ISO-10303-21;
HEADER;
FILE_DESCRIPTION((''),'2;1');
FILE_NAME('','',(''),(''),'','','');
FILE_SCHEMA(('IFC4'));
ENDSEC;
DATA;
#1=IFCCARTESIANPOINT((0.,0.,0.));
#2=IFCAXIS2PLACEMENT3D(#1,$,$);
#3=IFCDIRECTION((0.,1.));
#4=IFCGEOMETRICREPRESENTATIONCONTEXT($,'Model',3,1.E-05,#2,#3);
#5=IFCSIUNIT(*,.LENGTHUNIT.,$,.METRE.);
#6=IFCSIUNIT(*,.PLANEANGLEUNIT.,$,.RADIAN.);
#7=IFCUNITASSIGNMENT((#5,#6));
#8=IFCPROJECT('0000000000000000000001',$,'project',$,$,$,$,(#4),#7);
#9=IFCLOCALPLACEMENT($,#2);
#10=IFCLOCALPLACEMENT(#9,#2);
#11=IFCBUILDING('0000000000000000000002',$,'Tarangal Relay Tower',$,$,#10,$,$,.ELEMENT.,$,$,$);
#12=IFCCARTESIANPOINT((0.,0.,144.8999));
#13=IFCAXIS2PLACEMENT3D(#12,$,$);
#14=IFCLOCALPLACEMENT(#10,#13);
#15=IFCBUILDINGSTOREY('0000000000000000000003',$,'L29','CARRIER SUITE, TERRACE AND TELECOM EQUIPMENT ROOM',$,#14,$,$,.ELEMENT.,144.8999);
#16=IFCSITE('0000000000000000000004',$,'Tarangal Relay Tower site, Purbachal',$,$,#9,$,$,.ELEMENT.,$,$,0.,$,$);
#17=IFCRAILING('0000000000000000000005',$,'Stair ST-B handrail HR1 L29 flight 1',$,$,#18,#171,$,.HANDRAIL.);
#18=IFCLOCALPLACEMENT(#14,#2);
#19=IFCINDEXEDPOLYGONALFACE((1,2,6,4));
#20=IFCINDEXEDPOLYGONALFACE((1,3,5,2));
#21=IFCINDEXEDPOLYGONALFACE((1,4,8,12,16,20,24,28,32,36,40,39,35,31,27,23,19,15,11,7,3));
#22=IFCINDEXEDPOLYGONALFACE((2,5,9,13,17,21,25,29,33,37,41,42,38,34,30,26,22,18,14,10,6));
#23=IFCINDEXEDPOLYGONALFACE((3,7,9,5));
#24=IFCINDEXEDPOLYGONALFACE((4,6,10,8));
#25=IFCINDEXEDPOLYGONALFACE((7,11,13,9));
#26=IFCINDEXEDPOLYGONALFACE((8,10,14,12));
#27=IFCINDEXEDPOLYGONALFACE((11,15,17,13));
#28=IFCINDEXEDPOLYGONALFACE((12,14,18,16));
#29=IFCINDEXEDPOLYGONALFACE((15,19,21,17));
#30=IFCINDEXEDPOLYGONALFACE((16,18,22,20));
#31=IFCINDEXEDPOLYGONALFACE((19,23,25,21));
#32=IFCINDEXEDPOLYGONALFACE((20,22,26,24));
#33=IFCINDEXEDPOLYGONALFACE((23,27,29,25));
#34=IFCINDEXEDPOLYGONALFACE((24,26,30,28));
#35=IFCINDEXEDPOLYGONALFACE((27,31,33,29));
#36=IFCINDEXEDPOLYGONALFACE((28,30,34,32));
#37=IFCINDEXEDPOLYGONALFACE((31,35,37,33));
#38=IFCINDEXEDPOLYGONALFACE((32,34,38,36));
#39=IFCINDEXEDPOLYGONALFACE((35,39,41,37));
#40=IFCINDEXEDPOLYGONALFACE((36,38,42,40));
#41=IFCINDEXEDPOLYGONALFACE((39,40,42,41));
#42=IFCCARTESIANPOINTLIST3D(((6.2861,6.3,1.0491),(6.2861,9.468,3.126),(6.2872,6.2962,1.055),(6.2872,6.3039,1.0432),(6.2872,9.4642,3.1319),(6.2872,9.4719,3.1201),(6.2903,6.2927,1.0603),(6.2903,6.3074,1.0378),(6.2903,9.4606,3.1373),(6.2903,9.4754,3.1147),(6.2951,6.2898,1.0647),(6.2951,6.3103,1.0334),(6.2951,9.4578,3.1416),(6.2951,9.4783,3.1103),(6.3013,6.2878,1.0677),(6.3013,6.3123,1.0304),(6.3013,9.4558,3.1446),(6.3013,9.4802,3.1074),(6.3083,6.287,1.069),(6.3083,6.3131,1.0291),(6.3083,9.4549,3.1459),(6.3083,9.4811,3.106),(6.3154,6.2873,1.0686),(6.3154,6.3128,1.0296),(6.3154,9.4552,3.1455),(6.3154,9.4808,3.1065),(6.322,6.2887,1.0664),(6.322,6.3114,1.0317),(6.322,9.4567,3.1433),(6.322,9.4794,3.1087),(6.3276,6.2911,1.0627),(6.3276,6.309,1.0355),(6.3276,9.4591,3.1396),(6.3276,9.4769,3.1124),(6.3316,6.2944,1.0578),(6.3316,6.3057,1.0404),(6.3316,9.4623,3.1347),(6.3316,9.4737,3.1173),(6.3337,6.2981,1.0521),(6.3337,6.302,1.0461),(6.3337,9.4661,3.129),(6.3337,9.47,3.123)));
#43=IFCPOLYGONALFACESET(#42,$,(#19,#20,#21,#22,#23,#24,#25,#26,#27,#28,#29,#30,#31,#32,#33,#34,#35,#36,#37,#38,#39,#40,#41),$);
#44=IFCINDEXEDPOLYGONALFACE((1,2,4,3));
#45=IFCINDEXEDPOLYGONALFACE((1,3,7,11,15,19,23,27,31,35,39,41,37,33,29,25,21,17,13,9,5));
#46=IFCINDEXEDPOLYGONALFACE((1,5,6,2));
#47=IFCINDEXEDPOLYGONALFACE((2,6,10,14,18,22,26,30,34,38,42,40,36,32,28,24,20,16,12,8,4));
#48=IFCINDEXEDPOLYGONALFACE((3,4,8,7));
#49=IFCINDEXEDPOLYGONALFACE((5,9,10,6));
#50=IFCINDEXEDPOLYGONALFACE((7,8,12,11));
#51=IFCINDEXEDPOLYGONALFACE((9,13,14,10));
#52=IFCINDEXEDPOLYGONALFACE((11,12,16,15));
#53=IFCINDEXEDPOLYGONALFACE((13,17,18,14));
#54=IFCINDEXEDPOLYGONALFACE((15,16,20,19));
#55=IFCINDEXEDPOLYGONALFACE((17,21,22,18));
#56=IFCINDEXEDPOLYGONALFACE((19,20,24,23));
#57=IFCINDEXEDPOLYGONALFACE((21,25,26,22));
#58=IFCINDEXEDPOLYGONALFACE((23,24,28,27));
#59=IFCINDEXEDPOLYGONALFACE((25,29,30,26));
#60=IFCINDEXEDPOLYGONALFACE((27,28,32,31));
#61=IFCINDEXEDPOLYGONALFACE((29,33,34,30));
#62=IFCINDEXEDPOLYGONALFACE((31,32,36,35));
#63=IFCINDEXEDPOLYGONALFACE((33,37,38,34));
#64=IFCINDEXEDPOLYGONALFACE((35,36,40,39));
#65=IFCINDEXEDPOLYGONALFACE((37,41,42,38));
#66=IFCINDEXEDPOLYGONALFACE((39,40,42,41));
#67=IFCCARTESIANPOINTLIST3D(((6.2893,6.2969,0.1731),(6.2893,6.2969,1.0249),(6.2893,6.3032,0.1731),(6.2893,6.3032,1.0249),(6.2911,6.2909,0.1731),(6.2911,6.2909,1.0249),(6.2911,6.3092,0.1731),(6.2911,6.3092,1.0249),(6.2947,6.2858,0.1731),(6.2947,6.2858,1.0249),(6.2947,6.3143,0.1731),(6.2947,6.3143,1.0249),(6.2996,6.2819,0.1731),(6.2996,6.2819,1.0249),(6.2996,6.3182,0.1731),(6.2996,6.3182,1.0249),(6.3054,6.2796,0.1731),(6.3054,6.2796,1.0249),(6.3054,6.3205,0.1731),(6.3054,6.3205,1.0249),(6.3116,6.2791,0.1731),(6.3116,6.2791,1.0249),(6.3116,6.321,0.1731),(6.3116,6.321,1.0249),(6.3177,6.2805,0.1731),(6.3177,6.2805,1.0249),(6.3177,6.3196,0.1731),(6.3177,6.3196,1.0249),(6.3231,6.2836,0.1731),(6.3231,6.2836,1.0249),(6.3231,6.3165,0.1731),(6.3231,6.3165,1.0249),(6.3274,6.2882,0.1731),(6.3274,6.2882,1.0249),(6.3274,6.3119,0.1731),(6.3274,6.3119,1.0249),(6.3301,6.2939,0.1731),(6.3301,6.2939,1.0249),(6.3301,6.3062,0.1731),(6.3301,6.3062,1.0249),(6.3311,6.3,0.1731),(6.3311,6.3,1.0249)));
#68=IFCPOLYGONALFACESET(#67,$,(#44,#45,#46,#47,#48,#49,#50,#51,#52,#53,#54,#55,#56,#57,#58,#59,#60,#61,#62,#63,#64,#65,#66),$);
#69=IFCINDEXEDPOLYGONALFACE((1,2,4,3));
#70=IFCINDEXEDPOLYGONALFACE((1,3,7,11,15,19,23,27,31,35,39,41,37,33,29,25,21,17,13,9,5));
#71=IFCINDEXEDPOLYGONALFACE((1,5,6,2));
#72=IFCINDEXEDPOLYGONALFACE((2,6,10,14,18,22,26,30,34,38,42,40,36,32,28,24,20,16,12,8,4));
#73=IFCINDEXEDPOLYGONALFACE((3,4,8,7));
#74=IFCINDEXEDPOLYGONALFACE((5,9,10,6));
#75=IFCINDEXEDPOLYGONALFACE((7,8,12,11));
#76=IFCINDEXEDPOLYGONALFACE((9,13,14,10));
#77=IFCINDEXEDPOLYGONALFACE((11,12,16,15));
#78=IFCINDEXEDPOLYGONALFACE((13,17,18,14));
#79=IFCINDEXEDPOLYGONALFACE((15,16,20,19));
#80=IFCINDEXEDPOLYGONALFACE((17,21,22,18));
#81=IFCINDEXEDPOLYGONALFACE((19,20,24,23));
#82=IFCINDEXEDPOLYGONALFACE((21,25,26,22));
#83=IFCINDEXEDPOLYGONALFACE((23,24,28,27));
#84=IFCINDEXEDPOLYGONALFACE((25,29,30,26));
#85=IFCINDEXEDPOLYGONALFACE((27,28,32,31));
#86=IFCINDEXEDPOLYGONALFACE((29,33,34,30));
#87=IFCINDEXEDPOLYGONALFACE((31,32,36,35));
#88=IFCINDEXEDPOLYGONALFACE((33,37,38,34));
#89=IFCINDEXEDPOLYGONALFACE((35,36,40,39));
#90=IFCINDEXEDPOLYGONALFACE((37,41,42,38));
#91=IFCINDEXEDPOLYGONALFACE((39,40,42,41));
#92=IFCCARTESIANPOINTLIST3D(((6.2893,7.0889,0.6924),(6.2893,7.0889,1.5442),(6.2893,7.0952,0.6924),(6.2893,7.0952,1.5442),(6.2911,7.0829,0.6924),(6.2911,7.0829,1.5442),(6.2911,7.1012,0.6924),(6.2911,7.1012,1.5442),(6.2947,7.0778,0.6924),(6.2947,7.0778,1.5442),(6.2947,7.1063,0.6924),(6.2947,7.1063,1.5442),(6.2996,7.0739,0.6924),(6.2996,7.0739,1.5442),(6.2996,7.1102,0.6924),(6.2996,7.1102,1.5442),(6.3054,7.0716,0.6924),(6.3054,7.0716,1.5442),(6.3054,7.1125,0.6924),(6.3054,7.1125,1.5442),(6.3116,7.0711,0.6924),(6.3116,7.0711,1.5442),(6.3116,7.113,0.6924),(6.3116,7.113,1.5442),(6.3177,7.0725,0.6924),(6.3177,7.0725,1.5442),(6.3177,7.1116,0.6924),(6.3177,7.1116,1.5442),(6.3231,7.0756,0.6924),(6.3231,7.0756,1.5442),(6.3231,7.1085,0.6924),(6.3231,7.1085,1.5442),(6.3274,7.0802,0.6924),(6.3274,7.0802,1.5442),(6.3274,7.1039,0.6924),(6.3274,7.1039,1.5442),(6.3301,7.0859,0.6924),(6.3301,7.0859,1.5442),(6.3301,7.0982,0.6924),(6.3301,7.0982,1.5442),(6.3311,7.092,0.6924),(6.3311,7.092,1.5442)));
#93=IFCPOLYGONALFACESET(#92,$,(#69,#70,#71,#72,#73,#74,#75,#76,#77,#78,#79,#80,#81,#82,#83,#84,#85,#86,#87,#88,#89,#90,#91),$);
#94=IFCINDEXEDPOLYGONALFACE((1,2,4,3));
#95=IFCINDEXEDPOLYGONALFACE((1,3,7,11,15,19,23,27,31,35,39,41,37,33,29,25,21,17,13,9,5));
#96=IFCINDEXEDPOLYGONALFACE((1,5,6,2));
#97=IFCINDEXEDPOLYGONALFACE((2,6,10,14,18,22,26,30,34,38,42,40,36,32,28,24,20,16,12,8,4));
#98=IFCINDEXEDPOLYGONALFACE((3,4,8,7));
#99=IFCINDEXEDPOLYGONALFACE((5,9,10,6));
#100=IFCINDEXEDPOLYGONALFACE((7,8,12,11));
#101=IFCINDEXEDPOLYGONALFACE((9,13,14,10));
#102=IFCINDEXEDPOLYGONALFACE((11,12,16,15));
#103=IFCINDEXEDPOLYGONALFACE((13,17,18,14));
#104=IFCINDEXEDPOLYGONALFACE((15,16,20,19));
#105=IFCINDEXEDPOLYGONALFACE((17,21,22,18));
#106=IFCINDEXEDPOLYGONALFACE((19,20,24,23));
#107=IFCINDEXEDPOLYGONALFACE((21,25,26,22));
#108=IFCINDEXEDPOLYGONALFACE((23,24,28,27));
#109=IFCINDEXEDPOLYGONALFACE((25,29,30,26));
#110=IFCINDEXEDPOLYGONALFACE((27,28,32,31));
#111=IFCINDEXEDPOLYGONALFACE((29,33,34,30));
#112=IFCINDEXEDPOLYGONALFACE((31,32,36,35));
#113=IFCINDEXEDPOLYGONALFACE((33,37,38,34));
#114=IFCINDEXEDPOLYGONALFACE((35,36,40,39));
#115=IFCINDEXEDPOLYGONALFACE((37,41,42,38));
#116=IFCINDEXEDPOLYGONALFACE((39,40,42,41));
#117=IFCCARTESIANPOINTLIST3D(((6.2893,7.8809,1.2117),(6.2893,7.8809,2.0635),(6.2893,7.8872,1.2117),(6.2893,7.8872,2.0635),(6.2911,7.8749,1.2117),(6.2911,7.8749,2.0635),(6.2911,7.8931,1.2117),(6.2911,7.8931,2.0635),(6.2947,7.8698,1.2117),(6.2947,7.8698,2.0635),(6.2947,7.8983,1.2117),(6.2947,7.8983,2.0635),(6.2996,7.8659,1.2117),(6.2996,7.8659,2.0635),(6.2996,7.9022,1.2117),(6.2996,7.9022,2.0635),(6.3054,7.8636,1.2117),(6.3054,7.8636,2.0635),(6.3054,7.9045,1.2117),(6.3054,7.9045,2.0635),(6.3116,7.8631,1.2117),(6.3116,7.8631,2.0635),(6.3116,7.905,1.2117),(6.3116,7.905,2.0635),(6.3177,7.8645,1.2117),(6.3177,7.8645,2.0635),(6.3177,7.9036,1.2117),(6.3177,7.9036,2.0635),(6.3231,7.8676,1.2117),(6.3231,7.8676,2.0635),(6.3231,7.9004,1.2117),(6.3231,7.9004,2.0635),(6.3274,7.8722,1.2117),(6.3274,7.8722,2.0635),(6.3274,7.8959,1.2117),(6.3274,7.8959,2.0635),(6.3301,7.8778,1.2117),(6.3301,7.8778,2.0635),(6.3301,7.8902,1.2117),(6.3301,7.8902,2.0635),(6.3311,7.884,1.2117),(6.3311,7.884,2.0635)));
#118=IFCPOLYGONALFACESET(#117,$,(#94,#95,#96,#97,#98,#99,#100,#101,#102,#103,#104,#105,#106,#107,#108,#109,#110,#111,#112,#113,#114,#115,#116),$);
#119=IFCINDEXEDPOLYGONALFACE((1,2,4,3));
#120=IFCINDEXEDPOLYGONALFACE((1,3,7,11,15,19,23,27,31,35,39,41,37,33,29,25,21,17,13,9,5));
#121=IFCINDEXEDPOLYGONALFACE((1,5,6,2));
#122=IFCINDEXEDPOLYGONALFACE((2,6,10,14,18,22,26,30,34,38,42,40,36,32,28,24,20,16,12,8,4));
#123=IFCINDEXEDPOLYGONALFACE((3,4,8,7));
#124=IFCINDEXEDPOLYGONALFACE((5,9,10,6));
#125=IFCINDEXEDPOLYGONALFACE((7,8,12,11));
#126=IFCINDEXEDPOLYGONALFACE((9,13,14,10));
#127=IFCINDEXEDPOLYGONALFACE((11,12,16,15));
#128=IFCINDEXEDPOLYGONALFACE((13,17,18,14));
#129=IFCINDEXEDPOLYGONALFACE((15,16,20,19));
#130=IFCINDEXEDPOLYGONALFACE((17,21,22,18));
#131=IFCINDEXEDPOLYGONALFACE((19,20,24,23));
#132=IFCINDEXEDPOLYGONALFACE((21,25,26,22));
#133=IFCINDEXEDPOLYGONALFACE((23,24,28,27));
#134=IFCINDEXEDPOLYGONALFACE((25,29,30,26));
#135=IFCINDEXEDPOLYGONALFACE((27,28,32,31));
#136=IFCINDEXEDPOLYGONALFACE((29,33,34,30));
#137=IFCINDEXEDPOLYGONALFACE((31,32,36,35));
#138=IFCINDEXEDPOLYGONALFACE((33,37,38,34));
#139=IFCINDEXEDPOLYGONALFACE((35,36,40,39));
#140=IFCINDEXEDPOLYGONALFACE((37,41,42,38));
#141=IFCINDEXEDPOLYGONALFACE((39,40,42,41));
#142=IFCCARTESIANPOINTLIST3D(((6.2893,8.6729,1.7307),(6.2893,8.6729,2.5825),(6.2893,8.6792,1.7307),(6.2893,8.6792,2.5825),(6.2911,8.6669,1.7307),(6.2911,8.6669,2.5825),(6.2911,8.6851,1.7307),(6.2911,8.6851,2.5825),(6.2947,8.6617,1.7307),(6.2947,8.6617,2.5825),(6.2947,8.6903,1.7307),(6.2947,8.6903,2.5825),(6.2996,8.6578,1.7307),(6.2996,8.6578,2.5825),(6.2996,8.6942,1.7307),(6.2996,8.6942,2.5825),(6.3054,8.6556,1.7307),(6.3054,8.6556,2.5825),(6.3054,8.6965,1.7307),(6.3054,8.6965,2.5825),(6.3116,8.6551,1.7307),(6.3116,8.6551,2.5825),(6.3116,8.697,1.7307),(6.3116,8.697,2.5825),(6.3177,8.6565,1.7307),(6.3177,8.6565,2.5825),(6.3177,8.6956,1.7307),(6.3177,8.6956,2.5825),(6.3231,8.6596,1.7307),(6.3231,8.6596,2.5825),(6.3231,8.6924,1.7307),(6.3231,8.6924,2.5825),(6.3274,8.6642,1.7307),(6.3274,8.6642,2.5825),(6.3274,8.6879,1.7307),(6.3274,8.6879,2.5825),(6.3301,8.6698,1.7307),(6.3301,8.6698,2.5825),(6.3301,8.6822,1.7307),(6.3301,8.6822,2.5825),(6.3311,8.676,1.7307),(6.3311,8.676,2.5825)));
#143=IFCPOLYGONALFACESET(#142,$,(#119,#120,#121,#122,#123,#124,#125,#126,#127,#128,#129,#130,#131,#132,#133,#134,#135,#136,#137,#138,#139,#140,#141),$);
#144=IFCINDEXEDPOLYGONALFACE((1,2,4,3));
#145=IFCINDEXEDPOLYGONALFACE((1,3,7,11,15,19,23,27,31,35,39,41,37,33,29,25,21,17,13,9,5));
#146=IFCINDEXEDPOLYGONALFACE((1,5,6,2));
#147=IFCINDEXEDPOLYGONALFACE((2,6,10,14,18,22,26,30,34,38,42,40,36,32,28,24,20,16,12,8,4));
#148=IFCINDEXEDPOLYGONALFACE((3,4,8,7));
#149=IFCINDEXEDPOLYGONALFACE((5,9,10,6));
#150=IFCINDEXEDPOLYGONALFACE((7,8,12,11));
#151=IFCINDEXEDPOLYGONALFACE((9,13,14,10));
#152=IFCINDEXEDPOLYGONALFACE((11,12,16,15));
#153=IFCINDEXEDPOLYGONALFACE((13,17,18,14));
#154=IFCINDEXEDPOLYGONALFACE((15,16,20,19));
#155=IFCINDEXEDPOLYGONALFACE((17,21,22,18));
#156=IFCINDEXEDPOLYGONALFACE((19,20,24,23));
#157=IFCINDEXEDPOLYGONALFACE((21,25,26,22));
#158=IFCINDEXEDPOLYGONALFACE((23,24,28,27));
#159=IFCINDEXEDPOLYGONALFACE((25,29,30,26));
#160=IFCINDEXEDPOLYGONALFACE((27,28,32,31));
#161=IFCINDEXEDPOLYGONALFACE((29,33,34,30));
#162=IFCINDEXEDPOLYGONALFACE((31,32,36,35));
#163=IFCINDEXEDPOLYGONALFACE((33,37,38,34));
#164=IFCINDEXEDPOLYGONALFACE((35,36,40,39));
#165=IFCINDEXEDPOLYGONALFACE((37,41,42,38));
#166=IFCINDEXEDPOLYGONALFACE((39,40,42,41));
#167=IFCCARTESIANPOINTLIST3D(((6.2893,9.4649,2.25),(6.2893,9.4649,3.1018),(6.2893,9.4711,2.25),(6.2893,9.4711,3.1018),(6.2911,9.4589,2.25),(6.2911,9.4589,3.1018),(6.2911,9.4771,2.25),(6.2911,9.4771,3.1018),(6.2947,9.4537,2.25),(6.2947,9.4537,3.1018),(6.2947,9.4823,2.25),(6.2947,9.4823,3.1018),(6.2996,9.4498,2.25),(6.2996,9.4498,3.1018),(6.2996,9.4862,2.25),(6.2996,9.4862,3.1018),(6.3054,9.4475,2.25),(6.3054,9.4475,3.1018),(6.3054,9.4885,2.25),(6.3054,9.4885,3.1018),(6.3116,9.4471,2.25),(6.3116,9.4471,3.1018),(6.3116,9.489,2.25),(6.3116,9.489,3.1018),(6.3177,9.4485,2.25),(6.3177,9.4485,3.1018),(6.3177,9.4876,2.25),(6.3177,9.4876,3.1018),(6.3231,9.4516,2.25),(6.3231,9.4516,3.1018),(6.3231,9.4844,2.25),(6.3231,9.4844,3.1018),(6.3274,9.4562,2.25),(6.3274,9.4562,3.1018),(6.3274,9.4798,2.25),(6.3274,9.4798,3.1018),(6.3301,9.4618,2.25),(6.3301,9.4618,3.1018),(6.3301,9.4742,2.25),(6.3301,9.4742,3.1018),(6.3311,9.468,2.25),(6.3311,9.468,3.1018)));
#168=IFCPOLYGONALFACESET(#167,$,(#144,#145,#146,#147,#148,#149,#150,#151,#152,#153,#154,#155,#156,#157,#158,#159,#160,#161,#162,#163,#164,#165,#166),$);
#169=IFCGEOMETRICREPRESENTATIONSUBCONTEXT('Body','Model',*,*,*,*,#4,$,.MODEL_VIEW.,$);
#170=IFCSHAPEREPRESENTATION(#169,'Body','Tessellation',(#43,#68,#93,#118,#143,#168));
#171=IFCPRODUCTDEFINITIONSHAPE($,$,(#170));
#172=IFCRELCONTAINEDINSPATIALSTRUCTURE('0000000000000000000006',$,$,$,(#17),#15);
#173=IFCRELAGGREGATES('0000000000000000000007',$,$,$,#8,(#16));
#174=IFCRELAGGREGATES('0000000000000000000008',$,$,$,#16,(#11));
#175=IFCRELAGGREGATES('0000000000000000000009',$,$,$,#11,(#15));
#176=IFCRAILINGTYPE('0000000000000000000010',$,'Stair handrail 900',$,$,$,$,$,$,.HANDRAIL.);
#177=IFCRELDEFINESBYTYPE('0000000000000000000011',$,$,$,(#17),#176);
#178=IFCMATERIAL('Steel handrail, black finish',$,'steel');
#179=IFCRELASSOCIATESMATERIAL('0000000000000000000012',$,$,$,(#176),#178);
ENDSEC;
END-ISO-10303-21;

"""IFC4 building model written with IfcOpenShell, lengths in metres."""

from ifc_helpers import new_model, si_unit, direction, frame, origin, origin_2d, place, context, subcontext, project, spatial, circle, extrude, material, type_object, element, save


model = new_model("IFC4")

# Units and contexts
model_context = context("Model", 3, precision=1e-05, world=origin(), true_north=direction((0.0, 1.0)))
body_context = subcontext(model_context, "Body", "Model", "MODEL_VIEW")
ifc_project = project(units=[si_unit("LENGTHUNIT", "METRE"), si_unit("PLANEANGLEUNIT", "RADIAN")], contexts=[model_context])

# Site, building, storey
site_placement = place(None, origin())
site = spatial("IfcSite", under=ifc_project, at=site_placement, Name="Tarangal Relay Tower site, Purbachal", CompositionType="ELEMENT", RefElevation=0.0)
building_placement = place(site_placement, origin())
building = spatial("IfcBuilding", under=site, at=building_placement, Name="Tarangal Relay Tower", CompositionType="ELEMENT")
storey_placement = place(building_placement, frame((0.0, 0.0, 144.8999)))
storey = spatial("IfcBuildingStorey", under=building, at=storey_placement, Name="L29", Description="CARRIER SUITE, TERRACE AND TELECOM EQUIPMENT ROOM", CompositionType="ELEMENT", Elevation=144.8999)

# Railing
ifc_material_1 = material(Name="Steel handrail, black finish", Category="steel")
railing_type_1 = type_object("IfcRailingType", Name="Stair handrail 900", PredefinedType="HANDRAIL", material=ifc_material_1)
railing_1_placement = place(storey_placement, frame((6.3101, 6.3, 0.1731)))
element("IfcRailing", 1, at=railing_1_placement, inside=storey, type_object=railing_type_1, Name="Stair ST-B handrail HR1 L29 flight 1", PredefinedType="HANDRAIL", context=body_context, shape_type="SweptSolid", body=[
    extrude(circle(Radius=0.0239, at=origin_2d()), frame((0.0, 0.0, 0.876), z_axis=(0.0, 0.836299, 0.548273), x_axis=(-1.0, 0.0, 0.0)), (0.0, 0.0, 1.0), 3.7881),
    extrude(circle(Radius=0.021, at=origin_2d()), origin(), (0.0, 0.0, 1.0), 0.8518),
    extrude(circle(Radius=0.021, at=origin_2d()), frame((0.0, 0.792, 0.5193)), (0.0, 0.0, 1.0), 0.8518),
    extrude(circle(Radius=0.021, at=origin_2d()), frame((0.0, 1.584, 1.0386)), (0.0, 0.0, 1.0), 0.8518),
    extrude(circle(Radius=0.021, at=origin_2d()), frame((0.0, 2.376, 1.5576)), (0.0, 0.0, 1.0), 0.8518),
    extrude(circle(Radius=0.021, at=origin_2d()), frame((0.0, 3.168, 2.0769)), (0.0, 0.0, 1.0), 0.8518),
])

save(model, "model.ifc")
